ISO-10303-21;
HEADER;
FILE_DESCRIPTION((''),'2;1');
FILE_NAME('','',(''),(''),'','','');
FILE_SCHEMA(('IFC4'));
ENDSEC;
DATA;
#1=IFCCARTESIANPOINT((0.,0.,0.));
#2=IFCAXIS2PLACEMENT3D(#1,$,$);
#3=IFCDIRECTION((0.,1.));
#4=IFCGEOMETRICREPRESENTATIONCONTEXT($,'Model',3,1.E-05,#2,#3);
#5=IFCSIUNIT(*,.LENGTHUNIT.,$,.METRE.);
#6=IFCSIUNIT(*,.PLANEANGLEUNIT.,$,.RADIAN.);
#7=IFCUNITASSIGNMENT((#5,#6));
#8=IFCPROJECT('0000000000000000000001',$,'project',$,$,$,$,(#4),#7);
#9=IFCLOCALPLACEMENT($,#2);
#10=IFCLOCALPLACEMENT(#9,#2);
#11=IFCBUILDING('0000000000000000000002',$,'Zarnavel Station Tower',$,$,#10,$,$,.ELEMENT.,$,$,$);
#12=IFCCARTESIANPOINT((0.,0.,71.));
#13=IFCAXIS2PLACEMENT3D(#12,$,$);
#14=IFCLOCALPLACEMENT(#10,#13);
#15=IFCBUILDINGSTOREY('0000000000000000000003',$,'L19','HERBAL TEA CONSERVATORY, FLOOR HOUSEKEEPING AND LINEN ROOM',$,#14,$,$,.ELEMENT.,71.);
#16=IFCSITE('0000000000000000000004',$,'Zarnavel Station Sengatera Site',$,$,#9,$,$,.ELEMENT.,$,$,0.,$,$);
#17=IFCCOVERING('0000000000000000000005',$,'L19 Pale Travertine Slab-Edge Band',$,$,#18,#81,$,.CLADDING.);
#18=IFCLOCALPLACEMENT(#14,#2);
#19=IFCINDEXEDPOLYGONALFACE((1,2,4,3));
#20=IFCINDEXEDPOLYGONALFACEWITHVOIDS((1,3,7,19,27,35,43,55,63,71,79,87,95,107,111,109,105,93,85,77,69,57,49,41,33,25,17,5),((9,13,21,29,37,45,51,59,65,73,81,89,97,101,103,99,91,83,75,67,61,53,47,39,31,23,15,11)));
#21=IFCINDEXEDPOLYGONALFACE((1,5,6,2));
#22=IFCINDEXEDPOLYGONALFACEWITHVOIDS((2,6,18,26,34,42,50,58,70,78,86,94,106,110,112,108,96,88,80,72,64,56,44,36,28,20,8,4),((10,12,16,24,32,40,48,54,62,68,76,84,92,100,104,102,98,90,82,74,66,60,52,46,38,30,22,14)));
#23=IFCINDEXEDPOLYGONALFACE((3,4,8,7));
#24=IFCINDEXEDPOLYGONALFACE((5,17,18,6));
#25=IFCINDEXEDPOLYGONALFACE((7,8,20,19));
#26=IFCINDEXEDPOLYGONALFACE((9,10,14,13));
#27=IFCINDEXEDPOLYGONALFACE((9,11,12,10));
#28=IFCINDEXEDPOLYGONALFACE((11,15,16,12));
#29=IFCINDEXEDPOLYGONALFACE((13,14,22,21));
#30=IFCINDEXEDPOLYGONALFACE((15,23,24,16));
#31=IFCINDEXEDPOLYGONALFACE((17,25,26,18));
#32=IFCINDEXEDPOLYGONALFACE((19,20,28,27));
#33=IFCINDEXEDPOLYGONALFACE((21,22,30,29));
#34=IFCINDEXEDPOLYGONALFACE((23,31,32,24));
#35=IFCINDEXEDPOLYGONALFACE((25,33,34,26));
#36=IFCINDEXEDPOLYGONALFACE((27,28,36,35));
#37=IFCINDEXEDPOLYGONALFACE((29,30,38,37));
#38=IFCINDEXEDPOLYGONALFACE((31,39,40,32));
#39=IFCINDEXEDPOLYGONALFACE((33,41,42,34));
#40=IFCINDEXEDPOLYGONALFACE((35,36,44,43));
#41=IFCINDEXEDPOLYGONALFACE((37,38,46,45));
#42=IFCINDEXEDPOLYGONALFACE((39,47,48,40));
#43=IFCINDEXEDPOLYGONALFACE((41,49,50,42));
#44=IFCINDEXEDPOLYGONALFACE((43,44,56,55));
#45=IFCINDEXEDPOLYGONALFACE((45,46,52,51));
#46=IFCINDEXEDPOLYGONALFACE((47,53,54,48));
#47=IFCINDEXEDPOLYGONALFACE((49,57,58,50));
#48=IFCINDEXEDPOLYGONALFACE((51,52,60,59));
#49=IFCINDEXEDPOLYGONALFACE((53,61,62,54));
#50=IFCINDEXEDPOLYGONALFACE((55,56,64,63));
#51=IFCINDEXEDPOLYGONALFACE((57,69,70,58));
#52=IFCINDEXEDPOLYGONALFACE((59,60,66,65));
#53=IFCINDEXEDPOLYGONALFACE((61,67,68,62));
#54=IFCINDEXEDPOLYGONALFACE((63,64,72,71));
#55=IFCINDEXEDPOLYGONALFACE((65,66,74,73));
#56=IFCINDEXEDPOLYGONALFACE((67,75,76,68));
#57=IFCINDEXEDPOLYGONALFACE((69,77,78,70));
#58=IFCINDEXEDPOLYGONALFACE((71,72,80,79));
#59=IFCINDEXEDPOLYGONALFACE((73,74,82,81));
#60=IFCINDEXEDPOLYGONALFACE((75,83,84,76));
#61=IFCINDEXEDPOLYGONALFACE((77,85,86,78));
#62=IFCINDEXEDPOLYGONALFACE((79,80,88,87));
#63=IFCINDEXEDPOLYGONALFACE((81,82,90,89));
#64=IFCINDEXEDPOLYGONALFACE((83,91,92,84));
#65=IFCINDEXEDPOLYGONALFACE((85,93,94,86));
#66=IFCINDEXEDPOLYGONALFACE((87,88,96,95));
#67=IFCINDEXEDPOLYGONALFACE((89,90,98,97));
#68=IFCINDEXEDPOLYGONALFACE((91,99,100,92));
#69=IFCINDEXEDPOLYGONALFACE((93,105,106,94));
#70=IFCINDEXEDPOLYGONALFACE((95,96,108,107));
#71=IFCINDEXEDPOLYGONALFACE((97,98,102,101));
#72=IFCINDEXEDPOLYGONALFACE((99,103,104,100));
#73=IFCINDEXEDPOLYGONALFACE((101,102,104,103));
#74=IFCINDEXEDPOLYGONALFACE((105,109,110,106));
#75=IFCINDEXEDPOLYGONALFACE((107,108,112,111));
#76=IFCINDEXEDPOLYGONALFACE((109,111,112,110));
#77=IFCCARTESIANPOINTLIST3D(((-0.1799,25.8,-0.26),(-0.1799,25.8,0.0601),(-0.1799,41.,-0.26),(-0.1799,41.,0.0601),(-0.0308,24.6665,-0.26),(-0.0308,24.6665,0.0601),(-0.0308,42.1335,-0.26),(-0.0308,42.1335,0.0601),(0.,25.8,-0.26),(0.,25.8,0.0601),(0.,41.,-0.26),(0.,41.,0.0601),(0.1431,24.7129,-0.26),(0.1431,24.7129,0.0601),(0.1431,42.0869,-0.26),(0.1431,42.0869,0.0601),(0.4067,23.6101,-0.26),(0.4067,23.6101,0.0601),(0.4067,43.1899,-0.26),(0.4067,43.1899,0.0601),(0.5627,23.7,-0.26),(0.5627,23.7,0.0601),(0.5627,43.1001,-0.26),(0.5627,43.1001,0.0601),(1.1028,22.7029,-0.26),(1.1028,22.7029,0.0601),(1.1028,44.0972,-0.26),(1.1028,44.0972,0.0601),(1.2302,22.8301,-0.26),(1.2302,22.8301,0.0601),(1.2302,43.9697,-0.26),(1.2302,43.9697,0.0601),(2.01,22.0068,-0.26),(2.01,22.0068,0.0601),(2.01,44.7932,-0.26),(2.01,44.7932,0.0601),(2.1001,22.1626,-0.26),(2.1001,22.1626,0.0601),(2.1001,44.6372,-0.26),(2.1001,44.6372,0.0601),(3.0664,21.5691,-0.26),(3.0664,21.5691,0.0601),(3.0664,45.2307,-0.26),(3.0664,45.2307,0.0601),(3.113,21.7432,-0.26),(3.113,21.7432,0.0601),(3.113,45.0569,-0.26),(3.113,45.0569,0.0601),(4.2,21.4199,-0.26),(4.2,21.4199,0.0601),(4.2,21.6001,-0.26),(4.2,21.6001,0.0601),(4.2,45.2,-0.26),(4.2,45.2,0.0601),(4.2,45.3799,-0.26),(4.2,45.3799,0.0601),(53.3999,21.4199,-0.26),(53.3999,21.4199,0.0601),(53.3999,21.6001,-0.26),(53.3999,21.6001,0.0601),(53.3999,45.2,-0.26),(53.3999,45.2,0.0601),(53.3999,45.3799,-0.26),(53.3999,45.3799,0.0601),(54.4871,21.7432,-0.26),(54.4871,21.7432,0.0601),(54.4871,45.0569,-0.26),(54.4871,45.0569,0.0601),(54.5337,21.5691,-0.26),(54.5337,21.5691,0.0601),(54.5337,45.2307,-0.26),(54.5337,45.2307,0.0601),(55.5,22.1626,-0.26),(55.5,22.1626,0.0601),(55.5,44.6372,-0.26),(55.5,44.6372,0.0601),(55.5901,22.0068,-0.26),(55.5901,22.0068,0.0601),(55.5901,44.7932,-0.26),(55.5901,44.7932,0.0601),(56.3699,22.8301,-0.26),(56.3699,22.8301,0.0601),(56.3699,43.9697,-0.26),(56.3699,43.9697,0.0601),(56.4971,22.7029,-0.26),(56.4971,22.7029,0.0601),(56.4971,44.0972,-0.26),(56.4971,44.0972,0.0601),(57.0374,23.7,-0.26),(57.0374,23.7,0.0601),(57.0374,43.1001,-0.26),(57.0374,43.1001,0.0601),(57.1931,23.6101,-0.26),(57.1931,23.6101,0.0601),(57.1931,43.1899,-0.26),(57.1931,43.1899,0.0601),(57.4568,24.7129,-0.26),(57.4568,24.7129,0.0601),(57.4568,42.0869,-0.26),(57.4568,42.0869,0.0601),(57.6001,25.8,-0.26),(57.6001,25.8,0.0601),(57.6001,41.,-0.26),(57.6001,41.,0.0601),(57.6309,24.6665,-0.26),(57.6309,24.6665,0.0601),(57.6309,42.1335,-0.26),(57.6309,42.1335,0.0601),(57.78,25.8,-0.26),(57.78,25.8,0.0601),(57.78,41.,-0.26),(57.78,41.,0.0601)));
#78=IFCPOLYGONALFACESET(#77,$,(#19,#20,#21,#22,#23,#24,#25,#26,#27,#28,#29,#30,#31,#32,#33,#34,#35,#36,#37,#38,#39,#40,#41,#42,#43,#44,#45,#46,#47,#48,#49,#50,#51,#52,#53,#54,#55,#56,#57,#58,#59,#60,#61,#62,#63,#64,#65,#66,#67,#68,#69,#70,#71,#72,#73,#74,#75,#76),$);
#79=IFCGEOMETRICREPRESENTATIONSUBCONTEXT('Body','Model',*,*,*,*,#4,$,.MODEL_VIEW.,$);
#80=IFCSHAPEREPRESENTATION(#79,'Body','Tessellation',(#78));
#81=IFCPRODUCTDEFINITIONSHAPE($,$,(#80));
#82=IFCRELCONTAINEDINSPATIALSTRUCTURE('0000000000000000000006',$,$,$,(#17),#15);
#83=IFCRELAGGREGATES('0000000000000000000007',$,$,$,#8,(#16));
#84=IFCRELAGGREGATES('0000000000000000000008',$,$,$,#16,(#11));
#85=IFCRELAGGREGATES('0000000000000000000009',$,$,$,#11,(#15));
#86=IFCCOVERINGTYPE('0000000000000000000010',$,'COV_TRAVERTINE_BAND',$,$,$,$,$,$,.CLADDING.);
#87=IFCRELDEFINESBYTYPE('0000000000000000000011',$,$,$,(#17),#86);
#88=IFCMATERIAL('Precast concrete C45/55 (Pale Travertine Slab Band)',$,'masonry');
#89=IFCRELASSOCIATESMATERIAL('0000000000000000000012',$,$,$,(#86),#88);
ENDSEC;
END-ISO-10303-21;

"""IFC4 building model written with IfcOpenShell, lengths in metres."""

from ifc_helpers import new_model, si_unit, direction, frame, origin, place, context, subcontext, project, spatial, polyline, outline, extrude, material, type_object, element, save


model = new_model("IFC4")

# Units and contexts
model_context = context("Model", 3, precision=1e-05, world=origin(), true_north=direction((0.0, 1.0)))
body_context = subcontext(model_context, "Body", "Model", "MODEL_VIEW")
ifc_project = project(units=[si_unit("LENGTHUNIT", "METRE"), si_unit("PLANEANGLEUNIT", "RADIAN")], contexts=[model_context])

# Site, building, storey
site_placement = place(None, origin())
site = spatial("IfcSite", under=ifc_project, at=site_placement, Name="Zarnavel Station Sengatera Site", CompositionType="ELEMENT", RefElevation=0.0)
building_placement = place(site_placement, origin())
building = spatial("IfcBuilding", under=site, at=building_placement, Name="Zarnavel Station Tower", CompositionType="ELEMENT")
storey_placement = place(building_placement, frame((0.0, 0.0, 71.0)))
storey = spatial("IfcBuildingStorey", under=building, at=storey_placement, Name="L19", Description="HERBAL TEA CONSERVATORY, FLOOR HOUSEKEEPING AND LINEN ROOM", CompositionType="ELEMENT", Elevation=71.0)

# Covering
ifc_material_1 = material(Name="Precast concrete C45/55 (Pale Travertine Slab Band)", Category="masonry")
covering_type_1 = type_object("IfcCoveringType", Name="COV_TRAVERTINE_BAND", PredefinedType="CLADDING", material=ifc_material_1)
covering_1_placement = place(storey_placement, frame((0.0, 0.0, -0.26)))
element("IfcCovering", 1, at=covering_1_placement, inside=storey, type_object=covering_type_1, Name="L19 Pale Travertine Slab-Edge Band", PredefinedType="CLADDING", context=body_context, shape_type="SweptSolid", body=[
    extrude(outline(polyline([(53.3999, 21.4199), (54.5337, 21.5691), (55.5901, 22.0068), (56.4971, 22.7029), (57.1931, 23.6101), (57.6309, 24.6665), (57.78, 25.8), (57.78, 41.0), (57.6309, 42.1335), (57.1931, 43.1899), (56.4971, 44.0972), (55.5901, 44.7932), (54.5337, 45.2307), (53.3999, 45.3799), (4.2, 45.3799), (3.0664, 45.2307), (2.01, 44.7932), (1.1028, 44.0972), (0.4067, 43.1899), (-0.0308, 42.1335), (-0.1799, 41.0), (-0.1799, 25.8), (-0.0308, 24.6665), (0.4067, 23.6101), (1.1028, 22.7029), (2.01, 22.0068), (3.0664, 21.5691), (4.2, 21.4199), (53.3999, 21.4199)]), holes=[polyline([(53.3999, 21.6001), (54.4871, 21.7432), (55.5, 22.1626), (56.3699, 22.8301), (57.0374, 23.7), (57.4568, 24.7129), (57.6001, 25.8), (57.6001, 41.0), (57.4568, 42.0869), (57.0374, 43.1001), (56.3699, 43.9697), (55.5, 44.6372), (54.4871, 45.0569), (53.3999, 45.2), (4.2, 45.2), (3.113, 45.0569), (2.1001, 44.6372), (1.2302, 43.9697), (0.5627, 43.1001), (0.1431, 42.0869), (0.0, 41.0), (0.0, 25.8), (0.1431, 24.7129), (0.5627, 23.7), (1.2302, 22.8301), (2.1001, 22.1626), (3.113, 21.7432), (4.2, 21.6001), (53.3999, 21.6001)])]), origin(), (0.0, 0.0, 1.0), 0.3201),
])

save(model, "model.ifc")
